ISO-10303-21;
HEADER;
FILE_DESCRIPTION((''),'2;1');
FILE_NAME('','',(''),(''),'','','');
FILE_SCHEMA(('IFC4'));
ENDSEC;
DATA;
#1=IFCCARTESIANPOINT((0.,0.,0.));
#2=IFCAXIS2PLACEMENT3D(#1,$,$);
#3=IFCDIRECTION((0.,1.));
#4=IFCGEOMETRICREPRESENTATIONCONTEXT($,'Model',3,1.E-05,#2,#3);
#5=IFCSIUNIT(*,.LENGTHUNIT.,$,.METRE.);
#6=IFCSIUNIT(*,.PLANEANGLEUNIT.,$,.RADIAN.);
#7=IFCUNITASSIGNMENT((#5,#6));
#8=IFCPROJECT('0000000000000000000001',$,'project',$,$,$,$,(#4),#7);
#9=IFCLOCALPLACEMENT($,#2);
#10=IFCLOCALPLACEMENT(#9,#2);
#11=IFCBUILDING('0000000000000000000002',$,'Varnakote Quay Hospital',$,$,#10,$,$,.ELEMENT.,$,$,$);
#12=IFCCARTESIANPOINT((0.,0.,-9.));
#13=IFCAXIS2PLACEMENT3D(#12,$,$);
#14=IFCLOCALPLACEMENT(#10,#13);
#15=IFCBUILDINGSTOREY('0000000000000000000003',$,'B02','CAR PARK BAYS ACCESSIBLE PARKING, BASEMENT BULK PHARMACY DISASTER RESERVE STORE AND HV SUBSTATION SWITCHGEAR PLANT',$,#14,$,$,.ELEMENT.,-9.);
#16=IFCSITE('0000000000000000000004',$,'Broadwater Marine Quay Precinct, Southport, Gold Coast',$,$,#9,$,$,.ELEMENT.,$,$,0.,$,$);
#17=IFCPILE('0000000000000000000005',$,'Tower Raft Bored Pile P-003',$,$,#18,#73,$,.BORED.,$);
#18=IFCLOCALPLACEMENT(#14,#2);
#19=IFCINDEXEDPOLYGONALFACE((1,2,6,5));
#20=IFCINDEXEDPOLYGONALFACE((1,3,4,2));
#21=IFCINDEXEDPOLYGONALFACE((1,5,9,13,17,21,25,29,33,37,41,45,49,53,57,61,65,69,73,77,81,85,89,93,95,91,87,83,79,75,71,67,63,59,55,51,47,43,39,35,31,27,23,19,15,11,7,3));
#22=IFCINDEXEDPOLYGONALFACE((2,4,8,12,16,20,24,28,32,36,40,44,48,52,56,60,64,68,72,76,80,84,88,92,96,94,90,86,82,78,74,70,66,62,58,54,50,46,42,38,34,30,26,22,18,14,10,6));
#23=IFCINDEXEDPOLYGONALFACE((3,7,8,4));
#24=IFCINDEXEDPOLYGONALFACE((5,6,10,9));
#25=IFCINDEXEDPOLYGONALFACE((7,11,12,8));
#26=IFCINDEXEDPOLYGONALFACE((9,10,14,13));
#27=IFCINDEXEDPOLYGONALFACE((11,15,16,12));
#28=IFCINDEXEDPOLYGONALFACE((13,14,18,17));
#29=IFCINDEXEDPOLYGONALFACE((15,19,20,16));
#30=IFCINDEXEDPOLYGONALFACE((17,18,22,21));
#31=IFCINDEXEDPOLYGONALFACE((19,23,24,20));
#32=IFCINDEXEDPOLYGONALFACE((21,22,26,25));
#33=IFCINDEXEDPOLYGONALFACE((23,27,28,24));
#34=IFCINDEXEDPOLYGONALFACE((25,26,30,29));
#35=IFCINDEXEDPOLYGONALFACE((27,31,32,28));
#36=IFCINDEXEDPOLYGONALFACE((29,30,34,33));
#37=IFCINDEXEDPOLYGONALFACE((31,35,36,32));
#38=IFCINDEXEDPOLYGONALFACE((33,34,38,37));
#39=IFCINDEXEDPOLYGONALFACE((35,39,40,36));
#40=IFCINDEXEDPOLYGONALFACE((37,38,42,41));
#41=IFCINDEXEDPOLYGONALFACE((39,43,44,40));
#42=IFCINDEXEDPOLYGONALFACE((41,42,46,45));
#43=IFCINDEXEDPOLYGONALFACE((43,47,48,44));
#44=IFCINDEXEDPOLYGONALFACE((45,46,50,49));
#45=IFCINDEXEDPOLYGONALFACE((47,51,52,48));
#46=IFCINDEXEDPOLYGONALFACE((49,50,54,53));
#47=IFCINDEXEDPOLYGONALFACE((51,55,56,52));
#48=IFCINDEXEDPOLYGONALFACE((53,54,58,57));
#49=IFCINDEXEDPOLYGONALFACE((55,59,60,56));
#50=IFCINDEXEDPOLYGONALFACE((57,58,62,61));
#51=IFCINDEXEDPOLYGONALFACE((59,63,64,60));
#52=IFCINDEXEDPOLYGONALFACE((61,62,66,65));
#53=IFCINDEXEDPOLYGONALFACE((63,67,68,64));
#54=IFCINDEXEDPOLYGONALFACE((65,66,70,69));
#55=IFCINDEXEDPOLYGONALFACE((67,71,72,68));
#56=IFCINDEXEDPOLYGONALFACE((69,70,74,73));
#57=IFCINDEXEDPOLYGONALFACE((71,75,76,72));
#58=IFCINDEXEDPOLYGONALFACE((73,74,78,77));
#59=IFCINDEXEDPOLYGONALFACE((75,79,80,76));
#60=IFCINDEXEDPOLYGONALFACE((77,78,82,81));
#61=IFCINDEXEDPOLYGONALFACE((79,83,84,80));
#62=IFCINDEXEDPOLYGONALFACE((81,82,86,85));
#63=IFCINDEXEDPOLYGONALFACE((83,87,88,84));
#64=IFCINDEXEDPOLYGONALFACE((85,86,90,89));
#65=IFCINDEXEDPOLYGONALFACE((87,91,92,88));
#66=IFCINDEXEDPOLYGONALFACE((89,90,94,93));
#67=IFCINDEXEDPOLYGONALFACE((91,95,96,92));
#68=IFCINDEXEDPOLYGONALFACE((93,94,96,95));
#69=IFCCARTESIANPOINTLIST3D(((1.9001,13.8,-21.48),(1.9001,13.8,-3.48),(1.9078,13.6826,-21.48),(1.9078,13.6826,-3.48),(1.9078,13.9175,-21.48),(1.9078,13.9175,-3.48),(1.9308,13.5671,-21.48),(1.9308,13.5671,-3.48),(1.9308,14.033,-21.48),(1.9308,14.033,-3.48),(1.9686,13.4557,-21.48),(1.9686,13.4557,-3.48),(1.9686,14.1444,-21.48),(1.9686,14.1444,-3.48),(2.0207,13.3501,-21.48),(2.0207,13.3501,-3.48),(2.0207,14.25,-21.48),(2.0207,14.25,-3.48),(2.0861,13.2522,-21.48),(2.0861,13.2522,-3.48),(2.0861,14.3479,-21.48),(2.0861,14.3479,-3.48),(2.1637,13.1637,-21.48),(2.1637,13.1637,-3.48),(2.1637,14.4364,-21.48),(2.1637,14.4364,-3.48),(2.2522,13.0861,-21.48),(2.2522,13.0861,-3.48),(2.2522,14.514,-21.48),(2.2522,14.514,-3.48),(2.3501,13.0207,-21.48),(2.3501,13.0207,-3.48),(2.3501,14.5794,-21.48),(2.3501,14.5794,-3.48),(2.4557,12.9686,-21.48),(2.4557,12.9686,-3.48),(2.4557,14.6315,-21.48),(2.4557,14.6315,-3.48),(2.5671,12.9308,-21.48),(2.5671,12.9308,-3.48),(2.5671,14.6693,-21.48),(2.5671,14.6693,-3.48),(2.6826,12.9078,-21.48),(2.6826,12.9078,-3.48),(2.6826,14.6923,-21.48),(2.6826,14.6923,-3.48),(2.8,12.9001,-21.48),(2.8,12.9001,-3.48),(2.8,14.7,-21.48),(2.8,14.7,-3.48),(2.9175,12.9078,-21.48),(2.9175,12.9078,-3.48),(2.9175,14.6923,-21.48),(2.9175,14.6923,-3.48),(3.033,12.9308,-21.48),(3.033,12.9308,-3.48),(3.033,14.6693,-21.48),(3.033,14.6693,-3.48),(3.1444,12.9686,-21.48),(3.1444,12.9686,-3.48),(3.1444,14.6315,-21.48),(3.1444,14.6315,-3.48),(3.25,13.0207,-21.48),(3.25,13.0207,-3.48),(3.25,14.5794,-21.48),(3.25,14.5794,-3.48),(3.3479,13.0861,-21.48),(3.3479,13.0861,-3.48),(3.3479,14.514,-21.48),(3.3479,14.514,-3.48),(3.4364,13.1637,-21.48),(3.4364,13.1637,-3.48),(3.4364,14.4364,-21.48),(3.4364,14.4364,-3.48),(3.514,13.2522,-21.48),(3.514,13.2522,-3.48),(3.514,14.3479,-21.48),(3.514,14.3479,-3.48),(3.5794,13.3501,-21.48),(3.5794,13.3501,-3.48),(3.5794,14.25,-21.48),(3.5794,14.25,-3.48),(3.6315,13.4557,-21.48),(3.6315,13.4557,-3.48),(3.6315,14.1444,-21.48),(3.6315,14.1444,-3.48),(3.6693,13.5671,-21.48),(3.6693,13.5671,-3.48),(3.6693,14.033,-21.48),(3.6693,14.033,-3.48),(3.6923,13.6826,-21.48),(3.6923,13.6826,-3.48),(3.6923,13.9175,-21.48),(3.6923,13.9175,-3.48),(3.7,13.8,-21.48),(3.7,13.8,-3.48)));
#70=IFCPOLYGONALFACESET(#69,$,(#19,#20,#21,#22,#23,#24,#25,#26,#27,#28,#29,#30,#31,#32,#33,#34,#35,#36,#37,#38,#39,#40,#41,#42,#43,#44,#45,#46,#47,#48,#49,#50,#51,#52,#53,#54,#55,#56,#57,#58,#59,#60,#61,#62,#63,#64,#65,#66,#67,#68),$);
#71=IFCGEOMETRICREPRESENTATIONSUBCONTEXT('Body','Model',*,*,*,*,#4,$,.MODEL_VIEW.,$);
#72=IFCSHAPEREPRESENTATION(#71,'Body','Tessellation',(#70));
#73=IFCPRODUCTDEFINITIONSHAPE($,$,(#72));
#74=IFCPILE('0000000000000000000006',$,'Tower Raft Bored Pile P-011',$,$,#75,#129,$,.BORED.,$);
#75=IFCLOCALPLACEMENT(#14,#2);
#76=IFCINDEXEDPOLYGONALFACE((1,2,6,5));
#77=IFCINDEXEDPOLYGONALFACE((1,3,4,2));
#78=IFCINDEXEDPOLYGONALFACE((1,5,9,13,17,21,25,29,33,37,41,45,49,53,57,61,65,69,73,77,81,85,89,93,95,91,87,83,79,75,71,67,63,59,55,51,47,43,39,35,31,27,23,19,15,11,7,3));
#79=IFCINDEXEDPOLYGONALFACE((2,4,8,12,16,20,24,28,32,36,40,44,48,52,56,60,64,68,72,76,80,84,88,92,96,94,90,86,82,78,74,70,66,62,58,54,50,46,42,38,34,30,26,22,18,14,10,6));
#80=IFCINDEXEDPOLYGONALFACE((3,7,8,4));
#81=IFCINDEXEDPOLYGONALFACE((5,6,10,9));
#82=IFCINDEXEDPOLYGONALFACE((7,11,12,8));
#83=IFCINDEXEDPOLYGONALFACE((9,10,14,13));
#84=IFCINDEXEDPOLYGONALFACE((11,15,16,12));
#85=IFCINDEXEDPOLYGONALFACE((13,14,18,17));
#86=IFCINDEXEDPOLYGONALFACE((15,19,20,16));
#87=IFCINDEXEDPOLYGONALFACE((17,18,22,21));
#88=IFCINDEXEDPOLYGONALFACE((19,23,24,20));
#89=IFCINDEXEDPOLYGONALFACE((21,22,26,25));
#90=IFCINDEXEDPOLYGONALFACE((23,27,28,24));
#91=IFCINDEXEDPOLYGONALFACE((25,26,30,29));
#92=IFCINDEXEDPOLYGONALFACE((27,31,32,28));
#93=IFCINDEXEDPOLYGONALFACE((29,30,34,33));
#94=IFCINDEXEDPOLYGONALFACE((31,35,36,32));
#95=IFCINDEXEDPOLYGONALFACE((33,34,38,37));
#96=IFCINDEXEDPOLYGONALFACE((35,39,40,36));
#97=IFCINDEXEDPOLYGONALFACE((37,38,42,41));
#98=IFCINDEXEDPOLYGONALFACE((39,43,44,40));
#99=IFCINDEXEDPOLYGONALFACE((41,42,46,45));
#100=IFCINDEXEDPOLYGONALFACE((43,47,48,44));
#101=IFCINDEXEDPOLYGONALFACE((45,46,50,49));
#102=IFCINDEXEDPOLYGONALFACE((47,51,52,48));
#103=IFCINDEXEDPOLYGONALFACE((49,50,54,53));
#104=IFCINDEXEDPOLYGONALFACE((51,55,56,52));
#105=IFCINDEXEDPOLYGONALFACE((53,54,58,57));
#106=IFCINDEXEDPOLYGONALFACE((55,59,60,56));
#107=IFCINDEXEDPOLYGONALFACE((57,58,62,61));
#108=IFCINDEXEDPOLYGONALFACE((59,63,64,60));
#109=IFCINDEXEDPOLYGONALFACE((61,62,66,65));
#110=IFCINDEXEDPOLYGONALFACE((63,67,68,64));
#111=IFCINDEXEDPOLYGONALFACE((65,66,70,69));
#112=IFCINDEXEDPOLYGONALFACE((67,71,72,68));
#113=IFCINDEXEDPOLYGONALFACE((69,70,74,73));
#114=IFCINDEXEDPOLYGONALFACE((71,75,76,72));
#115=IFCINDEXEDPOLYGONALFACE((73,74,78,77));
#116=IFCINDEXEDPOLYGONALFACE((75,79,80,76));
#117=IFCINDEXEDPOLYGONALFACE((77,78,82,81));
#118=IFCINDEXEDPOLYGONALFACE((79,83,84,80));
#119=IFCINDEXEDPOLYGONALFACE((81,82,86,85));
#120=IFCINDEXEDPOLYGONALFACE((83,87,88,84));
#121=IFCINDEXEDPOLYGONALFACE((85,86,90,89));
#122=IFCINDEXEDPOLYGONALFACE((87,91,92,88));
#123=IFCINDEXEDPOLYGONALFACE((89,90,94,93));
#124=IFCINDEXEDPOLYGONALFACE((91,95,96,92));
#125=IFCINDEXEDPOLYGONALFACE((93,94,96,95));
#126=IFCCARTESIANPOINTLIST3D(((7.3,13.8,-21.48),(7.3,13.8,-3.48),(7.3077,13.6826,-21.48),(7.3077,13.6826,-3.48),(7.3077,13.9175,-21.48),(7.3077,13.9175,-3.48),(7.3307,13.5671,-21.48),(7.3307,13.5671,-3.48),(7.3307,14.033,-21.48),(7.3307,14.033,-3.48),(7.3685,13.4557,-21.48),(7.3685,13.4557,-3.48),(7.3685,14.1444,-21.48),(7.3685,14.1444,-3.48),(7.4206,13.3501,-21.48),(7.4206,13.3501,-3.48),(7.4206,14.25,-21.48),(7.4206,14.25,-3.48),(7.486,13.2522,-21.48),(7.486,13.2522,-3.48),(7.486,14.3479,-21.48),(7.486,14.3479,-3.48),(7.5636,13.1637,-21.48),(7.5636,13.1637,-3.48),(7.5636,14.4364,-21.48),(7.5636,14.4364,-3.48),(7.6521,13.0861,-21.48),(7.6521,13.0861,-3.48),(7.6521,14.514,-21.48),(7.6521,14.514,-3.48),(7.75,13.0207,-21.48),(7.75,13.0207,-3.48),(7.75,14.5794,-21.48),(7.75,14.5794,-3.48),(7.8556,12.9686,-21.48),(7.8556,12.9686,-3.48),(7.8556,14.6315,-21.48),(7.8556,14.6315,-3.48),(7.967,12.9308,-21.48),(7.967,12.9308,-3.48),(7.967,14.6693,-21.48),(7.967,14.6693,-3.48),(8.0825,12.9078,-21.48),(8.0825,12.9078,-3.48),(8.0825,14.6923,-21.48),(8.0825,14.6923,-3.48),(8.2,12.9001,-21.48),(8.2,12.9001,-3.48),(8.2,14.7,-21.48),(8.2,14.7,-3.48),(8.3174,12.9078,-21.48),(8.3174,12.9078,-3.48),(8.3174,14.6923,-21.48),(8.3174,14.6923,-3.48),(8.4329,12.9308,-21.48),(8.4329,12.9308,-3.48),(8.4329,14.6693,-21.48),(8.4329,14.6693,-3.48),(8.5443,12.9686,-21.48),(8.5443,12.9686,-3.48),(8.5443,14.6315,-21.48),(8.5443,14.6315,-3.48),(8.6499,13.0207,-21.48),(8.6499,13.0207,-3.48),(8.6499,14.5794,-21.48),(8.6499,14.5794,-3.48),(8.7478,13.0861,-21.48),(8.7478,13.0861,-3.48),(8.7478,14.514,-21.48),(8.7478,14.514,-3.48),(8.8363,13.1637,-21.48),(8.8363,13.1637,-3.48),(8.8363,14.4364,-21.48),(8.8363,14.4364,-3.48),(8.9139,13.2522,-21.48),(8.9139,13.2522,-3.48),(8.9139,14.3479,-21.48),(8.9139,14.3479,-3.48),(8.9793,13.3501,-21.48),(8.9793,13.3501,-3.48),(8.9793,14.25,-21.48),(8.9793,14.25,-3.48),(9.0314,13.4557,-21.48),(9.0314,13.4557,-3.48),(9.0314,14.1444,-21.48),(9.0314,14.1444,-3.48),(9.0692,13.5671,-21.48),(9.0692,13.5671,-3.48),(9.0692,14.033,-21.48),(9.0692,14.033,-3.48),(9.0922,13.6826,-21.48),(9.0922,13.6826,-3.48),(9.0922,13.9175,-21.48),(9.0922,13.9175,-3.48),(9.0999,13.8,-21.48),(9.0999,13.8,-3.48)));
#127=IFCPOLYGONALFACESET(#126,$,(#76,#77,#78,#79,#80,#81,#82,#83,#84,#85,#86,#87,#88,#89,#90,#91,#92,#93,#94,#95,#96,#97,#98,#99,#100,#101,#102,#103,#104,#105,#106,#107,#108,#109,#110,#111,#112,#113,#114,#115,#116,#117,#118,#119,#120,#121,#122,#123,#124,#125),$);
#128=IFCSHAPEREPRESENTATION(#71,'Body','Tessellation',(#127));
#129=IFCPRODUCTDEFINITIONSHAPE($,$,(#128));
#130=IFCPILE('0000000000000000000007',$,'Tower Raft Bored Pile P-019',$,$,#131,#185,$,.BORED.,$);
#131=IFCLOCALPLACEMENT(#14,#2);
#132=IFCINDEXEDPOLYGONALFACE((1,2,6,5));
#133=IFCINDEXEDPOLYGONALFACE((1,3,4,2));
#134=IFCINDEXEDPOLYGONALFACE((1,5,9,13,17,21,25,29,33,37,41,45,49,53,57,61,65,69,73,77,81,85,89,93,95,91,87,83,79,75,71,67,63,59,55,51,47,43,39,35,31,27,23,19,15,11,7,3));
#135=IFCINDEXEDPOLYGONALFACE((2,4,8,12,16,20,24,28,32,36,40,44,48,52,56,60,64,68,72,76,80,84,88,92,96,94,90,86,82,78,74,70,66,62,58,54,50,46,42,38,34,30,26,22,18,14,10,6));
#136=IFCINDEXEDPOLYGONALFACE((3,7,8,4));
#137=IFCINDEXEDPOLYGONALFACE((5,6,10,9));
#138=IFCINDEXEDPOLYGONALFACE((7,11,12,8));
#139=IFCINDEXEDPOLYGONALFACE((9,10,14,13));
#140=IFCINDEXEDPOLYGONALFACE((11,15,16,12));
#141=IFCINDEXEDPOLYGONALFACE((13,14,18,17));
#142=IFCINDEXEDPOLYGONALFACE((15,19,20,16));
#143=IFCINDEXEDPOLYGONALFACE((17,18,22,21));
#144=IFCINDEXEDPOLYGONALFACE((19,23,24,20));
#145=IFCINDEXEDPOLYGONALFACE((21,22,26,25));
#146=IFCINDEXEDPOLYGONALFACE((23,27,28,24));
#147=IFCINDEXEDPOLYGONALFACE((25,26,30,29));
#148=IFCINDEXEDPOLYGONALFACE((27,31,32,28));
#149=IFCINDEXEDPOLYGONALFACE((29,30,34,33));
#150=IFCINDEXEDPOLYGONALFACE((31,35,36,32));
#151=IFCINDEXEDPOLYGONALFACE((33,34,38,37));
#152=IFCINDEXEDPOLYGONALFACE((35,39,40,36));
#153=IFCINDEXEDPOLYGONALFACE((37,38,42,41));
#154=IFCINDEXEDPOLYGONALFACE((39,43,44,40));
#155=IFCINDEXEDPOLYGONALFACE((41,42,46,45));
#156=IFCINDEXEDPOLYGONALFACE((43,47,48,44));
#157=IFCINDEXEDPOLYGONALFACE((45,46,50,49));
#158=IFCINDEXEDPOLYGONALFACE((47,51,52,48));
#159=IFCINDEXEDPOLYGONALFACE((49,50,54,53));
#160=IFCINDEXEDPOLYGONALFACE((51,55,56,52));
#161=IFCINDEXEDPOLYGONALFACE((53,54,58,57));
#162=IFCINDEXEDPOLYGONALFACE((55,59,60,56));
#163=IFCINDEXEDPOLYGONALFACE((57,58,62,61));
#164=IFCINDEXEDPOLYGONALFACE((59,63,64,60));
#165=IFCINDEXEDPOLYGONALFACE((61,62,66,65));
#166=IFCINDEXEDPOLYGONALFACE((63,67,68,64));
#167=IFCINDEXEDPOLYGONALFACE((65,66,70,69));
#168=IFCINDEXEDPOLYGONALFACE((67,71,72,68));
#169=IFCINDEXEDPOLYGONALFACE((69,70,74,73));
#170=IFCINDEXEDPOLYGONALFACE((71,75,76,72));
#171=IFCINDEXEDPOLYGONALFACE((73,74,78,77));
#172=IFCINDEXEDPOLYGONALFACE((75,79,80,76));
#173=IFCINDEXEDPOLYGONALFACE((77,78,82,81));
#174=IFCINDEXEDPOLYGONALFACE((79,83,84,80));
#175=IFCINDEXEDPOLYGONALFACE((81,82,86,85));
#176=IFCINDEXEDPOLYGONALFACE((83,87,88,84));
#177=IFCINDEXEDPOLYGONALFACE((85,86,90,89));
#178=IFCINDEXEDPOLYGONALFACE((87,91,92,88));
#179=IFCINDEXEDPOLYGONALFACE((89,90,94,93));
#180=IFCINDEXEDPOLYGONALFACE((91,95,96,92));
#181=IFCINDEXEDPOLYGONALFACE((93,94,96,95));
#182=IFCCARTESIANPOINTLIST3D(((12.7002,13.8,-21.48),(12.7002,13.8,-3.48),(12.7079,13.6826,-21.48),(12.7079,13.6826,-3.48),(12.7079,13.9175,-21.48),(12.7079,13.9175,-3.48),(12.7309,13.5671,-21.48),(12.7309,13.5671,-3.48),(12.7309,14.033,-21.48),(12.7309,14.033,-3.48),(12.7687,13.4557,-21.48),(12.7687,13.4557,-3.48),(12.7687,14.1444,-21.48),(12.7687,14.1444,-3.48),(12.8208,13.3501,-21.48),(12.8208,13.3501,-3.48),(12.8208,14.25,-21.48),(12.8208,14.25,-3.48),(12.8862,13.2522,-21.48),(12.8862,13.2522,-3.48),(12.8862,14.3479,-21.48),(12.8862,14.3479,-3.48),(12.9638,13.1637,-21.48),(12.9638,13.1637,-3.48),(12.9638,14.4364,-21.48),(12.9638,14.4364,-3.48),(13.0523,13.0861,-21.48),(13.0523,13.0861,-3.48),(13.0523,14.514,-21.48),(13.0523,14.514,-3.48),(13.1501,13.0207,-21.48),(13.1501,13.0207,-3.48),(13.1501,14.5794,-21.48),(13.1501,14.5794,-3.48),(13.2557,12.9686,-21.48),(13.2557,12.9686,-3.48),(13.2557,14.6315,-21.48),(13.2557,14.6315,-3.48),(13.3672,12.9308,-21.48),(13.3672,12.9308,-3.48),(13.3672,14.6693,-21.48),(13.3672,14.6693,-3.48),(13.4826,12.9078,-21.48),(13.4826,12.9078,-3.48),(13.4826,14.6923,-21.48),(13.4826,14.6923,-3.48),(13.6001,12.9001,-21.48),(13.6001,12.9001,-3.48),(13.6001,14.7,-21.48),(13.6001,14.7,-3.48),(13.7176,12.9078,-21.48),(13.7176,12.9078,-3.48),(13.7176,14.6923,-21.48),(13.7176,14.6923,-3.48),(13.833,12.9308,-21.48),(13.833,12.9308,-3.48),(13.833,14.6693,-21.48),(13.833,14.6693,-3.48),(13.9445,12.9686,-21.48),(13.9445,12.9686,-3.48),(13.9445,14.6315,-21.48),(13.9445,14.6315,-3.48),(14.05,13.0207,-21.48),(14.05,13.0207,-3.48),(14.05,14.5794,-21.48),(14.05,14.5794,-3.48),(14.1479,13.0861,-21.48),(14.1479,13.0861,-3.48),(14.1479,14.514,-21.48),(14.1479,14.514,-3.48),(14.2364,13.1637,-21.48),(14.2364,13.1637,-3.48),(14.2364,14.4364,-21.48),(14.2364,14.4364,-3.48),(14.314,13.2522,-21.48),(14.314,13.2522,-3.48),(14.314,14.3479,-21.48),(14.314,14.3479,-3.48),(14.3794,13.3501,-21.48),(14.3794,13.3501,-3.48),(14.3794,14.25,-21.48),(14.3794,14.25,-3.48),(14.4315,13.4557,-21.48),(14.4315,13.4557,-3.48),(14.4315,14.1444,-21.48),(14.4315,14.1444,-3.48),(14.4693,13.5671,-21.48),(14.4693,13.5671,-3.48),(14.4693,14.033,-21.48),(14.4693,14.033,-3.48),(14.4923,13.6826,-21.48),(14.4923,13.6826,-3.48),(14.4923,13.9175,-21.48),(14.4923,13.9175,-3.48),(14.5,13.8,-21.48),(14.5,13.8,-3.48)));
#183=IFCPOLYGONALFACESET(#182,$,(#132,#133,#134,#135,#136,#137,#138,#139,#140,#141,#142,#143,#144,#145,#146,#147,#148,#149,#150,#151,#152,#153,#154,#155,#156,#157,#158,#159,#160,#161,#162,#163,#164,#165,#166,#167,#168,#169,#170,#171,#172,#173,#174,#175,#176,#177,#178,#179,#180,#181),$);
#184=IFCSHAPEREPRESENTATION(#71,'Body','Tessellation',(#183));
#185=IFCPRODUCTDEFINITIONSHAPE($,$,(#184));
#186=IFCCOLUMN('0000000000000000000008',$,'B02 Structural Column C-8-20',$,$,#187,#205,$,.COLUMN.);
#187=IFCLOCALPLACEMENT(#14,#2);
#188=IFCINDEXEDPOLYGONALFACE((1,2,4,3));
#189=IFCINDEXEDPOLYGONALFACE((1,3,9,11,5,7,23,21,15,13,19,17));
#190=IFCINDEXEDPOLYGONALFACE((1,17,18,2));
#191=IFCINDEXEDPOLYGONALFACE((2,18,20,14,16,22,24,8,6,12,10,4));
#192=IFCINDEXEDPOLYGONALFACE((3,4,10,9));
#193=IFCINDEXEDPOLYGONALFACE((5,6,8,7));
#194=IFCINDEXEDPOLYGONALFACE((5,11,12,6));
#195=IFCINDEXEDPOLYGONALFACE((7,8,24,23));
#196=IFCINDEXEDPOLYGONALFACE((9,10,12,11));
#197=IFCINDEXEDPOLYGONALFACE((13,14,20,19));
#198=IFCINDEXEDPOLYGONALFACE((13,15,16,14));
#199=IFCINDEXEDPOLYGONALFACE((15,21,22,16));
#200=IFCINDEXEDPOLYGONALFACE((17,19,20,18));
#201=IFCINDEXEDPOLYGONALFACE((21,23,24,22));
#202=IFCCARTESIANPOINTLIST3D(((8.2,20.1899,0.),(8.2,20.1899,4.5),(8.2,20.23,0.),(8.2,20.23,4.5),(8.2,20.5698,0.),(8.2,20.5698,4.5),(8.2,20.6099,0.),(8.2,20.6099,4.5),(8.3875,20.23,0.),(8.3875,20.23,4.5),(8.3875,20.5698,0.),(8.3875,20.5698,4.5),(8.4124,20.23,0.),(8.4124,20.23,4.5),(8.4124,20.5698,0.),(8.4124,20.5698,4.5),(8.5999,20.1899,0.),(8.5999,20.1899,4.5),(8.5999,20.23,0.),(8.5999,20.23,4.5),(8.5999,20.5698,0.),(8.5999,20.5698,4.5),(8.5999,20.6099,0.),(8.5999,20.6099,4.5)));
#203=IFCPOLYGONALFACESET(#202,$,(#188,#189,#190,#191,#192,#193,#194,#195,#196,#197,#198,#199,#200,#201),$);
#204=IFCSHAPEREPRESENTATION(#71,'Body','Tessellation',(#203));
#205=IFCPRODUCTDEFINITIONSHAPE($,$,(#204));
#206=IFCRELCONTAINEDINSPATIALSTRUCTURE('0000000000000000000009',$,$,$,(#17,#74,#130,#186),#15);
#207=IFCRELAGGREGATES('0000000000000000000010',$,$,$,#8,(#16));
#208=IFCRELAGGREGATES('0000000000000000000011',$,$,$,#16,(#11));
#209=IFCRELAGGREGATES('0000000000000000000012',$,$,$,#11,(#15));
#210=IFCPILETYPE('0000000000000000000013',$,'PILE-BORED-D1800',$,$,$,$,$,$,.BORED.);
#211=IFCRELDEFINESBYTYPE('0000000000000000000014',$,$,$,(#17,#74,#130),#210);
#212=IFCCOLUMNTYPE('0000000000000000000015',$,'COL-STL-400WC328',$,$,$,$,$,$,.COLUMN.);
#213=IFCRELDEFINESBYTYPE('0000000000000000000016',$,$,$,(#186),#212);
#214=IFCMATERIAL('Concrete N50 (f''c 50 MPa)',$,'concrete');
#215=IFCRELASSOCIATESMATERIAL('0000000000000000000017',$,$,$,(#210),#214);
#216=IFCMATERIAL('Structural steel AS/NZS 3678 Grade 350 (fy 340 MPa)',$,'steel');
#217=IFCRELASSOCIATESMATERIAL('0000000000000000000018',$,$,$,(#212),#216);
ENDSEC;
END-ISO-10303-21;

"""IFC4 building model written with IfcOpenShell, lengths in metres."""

from ifc_helpers import new_model, si_unit, direction, frame, origin, origin_2d, place, context, subcontext, project, spatial, circle, i_section, extrude, material, material_profile, profile_set, type_object, element, save


model = new_model("IFC4")

# Units and contexts
model_context = context("Model", 3, precision=1e-05, world=origin(), true_north=direction((0.0, 1.0)))
body_context = subcontext(model_context, "Body", "Model", "MODEL_VIEW")
ifc_project = project(units=[si_unit("LENGTHUNIT", "METRE"), si_unit("PLANEANGLEUNIT", "RADIAN")], contexts=[model_context])

# Site, building, storey
site_placement = place(None, origin())
site = spatial("IfcSite", under=ifc_project, at=site_placement, Name="Broadwater Marine Quay Precinct, Southport, Gold Coast", CompositionType="ELEMENT", RefElevation=0.0)
building_placement = place(site_placement, origin())
building = spatial("IfcBuilding", under=site, at=building_placement, Name="Varnakote Quay Hospital", CompositionType="ELEMENT")
storey_placement = place(building_placement, frame((0.0, 0.0, -9.0)))
storey = spatial("IfcBuildingStorey", under=building, at=storey_placement, Name="B02", Description="CAR PARK BAYS ACCESSIBLE PARKING, BASEMENT BULK PHARMACY DISASTER RESERVE STORE AND HV SUBSTATION SWITCHGEAR PLANT", CompositionType="ELEMENT", Elevation=-9.0)

# Piles
ifc_material_1 = material(Name="Concrete N50 (f'c 50 MPa)", Category="concrete")
ifc_material_profile_1 = material_profile(ifc_material_1, circle(Radius=0.8999, at=origin_2d()), Name="PILE-D1800")
ifc_profile_set_1 = profile_set([ifc_material_profile_1], Name="Concrete N50 (f'c 50 MPa)")
pile_type_1 = type_object("IfcPileType", Name="PILE-BORED-D1800", PredefinedType="BORED", material=ifc_profile_set_1)
for number, where, z_axis, x_axis, name in (
    (1, (2.8, 13.8, -3.48), (0.0, 0.0, -1.0), (1.0, 0.0, 0.0), "Tower Raft Bored Pile P-003"),
    (2, (8.2, 13.8, -3.48), (0.0, 0.0, -1.0), (1.0, 0.0, 0.0), "Tower Raft Bored Pile P-011"),
    (3, (13.6001, 13.8, -3.48), (0.0, 0.0, -1.0), (1.0, 0.0, 0.0), "Tower Raft Bored Pile P-019"),
):
    element("IfcPile", number, at=place(storey_placement, frame(where, z_axis=z_axis, x_axis=x_axis)), inside=storey, type_object=pile_type_1, Name=name, PredefinedType="BORED", context=body_context, shape_type="SweptSolid", body=[
        extrude(circle(Radius=0.8999, at=origin_2d()), origin(), (0.0, 0.0, 1.0), 18.0),
    ])

# Column
ifc_material_2 = material(Name="Structural steel AS/NZS 3678 Grade 350 (fy 340 MPa)", Category="steel")
ifc_material_profile_2 = material_profile(ifc_material_2, i_section(OverallWidth=0.3999, OverallDepth=0.4199, WebThickness=0.0249, FlangeThickness=0.04, at=origin_2d()), Name="400WC328")
ifc_profile_set_2 = profile_set([ifc_material_profile_2], Name="Structural steel AS/NZS 3678 Grade 350 (fy 340 MPa)")
column_type_1 = type_object("IfcColumnType", Name="COL-STL-400WC328", PredefinedType="COLUMN", material=ifc_profile_set_2)
for number, where, z_axis, x_axis, name in (
    (4, (8.3999, 20.3999, 0.0), (0.0, 0.0, 1.0), (1.0, 0.0, 0.0), "B02 Structural Column C-8-20"),
):
    element("IfcColumn", number, at=place(storey_placement, frame(where, z_axis=z_axis, x_axis=x_axis)), inside=storey, type_object=column_type_1, Name=name, PredefinedType="COLUMN", context=body_context, shape_type="SweptSolid", body=[
        extrude(i_section(OverallWidth=0.3999, OverallDepth=0.4199, WebThickness=0.0249, FlangeThickness=0.04, at=origin_2d()), origin(), (0.0, 0.0, 1.0), 4.5),
    ])

save(model, "model.ifc")
